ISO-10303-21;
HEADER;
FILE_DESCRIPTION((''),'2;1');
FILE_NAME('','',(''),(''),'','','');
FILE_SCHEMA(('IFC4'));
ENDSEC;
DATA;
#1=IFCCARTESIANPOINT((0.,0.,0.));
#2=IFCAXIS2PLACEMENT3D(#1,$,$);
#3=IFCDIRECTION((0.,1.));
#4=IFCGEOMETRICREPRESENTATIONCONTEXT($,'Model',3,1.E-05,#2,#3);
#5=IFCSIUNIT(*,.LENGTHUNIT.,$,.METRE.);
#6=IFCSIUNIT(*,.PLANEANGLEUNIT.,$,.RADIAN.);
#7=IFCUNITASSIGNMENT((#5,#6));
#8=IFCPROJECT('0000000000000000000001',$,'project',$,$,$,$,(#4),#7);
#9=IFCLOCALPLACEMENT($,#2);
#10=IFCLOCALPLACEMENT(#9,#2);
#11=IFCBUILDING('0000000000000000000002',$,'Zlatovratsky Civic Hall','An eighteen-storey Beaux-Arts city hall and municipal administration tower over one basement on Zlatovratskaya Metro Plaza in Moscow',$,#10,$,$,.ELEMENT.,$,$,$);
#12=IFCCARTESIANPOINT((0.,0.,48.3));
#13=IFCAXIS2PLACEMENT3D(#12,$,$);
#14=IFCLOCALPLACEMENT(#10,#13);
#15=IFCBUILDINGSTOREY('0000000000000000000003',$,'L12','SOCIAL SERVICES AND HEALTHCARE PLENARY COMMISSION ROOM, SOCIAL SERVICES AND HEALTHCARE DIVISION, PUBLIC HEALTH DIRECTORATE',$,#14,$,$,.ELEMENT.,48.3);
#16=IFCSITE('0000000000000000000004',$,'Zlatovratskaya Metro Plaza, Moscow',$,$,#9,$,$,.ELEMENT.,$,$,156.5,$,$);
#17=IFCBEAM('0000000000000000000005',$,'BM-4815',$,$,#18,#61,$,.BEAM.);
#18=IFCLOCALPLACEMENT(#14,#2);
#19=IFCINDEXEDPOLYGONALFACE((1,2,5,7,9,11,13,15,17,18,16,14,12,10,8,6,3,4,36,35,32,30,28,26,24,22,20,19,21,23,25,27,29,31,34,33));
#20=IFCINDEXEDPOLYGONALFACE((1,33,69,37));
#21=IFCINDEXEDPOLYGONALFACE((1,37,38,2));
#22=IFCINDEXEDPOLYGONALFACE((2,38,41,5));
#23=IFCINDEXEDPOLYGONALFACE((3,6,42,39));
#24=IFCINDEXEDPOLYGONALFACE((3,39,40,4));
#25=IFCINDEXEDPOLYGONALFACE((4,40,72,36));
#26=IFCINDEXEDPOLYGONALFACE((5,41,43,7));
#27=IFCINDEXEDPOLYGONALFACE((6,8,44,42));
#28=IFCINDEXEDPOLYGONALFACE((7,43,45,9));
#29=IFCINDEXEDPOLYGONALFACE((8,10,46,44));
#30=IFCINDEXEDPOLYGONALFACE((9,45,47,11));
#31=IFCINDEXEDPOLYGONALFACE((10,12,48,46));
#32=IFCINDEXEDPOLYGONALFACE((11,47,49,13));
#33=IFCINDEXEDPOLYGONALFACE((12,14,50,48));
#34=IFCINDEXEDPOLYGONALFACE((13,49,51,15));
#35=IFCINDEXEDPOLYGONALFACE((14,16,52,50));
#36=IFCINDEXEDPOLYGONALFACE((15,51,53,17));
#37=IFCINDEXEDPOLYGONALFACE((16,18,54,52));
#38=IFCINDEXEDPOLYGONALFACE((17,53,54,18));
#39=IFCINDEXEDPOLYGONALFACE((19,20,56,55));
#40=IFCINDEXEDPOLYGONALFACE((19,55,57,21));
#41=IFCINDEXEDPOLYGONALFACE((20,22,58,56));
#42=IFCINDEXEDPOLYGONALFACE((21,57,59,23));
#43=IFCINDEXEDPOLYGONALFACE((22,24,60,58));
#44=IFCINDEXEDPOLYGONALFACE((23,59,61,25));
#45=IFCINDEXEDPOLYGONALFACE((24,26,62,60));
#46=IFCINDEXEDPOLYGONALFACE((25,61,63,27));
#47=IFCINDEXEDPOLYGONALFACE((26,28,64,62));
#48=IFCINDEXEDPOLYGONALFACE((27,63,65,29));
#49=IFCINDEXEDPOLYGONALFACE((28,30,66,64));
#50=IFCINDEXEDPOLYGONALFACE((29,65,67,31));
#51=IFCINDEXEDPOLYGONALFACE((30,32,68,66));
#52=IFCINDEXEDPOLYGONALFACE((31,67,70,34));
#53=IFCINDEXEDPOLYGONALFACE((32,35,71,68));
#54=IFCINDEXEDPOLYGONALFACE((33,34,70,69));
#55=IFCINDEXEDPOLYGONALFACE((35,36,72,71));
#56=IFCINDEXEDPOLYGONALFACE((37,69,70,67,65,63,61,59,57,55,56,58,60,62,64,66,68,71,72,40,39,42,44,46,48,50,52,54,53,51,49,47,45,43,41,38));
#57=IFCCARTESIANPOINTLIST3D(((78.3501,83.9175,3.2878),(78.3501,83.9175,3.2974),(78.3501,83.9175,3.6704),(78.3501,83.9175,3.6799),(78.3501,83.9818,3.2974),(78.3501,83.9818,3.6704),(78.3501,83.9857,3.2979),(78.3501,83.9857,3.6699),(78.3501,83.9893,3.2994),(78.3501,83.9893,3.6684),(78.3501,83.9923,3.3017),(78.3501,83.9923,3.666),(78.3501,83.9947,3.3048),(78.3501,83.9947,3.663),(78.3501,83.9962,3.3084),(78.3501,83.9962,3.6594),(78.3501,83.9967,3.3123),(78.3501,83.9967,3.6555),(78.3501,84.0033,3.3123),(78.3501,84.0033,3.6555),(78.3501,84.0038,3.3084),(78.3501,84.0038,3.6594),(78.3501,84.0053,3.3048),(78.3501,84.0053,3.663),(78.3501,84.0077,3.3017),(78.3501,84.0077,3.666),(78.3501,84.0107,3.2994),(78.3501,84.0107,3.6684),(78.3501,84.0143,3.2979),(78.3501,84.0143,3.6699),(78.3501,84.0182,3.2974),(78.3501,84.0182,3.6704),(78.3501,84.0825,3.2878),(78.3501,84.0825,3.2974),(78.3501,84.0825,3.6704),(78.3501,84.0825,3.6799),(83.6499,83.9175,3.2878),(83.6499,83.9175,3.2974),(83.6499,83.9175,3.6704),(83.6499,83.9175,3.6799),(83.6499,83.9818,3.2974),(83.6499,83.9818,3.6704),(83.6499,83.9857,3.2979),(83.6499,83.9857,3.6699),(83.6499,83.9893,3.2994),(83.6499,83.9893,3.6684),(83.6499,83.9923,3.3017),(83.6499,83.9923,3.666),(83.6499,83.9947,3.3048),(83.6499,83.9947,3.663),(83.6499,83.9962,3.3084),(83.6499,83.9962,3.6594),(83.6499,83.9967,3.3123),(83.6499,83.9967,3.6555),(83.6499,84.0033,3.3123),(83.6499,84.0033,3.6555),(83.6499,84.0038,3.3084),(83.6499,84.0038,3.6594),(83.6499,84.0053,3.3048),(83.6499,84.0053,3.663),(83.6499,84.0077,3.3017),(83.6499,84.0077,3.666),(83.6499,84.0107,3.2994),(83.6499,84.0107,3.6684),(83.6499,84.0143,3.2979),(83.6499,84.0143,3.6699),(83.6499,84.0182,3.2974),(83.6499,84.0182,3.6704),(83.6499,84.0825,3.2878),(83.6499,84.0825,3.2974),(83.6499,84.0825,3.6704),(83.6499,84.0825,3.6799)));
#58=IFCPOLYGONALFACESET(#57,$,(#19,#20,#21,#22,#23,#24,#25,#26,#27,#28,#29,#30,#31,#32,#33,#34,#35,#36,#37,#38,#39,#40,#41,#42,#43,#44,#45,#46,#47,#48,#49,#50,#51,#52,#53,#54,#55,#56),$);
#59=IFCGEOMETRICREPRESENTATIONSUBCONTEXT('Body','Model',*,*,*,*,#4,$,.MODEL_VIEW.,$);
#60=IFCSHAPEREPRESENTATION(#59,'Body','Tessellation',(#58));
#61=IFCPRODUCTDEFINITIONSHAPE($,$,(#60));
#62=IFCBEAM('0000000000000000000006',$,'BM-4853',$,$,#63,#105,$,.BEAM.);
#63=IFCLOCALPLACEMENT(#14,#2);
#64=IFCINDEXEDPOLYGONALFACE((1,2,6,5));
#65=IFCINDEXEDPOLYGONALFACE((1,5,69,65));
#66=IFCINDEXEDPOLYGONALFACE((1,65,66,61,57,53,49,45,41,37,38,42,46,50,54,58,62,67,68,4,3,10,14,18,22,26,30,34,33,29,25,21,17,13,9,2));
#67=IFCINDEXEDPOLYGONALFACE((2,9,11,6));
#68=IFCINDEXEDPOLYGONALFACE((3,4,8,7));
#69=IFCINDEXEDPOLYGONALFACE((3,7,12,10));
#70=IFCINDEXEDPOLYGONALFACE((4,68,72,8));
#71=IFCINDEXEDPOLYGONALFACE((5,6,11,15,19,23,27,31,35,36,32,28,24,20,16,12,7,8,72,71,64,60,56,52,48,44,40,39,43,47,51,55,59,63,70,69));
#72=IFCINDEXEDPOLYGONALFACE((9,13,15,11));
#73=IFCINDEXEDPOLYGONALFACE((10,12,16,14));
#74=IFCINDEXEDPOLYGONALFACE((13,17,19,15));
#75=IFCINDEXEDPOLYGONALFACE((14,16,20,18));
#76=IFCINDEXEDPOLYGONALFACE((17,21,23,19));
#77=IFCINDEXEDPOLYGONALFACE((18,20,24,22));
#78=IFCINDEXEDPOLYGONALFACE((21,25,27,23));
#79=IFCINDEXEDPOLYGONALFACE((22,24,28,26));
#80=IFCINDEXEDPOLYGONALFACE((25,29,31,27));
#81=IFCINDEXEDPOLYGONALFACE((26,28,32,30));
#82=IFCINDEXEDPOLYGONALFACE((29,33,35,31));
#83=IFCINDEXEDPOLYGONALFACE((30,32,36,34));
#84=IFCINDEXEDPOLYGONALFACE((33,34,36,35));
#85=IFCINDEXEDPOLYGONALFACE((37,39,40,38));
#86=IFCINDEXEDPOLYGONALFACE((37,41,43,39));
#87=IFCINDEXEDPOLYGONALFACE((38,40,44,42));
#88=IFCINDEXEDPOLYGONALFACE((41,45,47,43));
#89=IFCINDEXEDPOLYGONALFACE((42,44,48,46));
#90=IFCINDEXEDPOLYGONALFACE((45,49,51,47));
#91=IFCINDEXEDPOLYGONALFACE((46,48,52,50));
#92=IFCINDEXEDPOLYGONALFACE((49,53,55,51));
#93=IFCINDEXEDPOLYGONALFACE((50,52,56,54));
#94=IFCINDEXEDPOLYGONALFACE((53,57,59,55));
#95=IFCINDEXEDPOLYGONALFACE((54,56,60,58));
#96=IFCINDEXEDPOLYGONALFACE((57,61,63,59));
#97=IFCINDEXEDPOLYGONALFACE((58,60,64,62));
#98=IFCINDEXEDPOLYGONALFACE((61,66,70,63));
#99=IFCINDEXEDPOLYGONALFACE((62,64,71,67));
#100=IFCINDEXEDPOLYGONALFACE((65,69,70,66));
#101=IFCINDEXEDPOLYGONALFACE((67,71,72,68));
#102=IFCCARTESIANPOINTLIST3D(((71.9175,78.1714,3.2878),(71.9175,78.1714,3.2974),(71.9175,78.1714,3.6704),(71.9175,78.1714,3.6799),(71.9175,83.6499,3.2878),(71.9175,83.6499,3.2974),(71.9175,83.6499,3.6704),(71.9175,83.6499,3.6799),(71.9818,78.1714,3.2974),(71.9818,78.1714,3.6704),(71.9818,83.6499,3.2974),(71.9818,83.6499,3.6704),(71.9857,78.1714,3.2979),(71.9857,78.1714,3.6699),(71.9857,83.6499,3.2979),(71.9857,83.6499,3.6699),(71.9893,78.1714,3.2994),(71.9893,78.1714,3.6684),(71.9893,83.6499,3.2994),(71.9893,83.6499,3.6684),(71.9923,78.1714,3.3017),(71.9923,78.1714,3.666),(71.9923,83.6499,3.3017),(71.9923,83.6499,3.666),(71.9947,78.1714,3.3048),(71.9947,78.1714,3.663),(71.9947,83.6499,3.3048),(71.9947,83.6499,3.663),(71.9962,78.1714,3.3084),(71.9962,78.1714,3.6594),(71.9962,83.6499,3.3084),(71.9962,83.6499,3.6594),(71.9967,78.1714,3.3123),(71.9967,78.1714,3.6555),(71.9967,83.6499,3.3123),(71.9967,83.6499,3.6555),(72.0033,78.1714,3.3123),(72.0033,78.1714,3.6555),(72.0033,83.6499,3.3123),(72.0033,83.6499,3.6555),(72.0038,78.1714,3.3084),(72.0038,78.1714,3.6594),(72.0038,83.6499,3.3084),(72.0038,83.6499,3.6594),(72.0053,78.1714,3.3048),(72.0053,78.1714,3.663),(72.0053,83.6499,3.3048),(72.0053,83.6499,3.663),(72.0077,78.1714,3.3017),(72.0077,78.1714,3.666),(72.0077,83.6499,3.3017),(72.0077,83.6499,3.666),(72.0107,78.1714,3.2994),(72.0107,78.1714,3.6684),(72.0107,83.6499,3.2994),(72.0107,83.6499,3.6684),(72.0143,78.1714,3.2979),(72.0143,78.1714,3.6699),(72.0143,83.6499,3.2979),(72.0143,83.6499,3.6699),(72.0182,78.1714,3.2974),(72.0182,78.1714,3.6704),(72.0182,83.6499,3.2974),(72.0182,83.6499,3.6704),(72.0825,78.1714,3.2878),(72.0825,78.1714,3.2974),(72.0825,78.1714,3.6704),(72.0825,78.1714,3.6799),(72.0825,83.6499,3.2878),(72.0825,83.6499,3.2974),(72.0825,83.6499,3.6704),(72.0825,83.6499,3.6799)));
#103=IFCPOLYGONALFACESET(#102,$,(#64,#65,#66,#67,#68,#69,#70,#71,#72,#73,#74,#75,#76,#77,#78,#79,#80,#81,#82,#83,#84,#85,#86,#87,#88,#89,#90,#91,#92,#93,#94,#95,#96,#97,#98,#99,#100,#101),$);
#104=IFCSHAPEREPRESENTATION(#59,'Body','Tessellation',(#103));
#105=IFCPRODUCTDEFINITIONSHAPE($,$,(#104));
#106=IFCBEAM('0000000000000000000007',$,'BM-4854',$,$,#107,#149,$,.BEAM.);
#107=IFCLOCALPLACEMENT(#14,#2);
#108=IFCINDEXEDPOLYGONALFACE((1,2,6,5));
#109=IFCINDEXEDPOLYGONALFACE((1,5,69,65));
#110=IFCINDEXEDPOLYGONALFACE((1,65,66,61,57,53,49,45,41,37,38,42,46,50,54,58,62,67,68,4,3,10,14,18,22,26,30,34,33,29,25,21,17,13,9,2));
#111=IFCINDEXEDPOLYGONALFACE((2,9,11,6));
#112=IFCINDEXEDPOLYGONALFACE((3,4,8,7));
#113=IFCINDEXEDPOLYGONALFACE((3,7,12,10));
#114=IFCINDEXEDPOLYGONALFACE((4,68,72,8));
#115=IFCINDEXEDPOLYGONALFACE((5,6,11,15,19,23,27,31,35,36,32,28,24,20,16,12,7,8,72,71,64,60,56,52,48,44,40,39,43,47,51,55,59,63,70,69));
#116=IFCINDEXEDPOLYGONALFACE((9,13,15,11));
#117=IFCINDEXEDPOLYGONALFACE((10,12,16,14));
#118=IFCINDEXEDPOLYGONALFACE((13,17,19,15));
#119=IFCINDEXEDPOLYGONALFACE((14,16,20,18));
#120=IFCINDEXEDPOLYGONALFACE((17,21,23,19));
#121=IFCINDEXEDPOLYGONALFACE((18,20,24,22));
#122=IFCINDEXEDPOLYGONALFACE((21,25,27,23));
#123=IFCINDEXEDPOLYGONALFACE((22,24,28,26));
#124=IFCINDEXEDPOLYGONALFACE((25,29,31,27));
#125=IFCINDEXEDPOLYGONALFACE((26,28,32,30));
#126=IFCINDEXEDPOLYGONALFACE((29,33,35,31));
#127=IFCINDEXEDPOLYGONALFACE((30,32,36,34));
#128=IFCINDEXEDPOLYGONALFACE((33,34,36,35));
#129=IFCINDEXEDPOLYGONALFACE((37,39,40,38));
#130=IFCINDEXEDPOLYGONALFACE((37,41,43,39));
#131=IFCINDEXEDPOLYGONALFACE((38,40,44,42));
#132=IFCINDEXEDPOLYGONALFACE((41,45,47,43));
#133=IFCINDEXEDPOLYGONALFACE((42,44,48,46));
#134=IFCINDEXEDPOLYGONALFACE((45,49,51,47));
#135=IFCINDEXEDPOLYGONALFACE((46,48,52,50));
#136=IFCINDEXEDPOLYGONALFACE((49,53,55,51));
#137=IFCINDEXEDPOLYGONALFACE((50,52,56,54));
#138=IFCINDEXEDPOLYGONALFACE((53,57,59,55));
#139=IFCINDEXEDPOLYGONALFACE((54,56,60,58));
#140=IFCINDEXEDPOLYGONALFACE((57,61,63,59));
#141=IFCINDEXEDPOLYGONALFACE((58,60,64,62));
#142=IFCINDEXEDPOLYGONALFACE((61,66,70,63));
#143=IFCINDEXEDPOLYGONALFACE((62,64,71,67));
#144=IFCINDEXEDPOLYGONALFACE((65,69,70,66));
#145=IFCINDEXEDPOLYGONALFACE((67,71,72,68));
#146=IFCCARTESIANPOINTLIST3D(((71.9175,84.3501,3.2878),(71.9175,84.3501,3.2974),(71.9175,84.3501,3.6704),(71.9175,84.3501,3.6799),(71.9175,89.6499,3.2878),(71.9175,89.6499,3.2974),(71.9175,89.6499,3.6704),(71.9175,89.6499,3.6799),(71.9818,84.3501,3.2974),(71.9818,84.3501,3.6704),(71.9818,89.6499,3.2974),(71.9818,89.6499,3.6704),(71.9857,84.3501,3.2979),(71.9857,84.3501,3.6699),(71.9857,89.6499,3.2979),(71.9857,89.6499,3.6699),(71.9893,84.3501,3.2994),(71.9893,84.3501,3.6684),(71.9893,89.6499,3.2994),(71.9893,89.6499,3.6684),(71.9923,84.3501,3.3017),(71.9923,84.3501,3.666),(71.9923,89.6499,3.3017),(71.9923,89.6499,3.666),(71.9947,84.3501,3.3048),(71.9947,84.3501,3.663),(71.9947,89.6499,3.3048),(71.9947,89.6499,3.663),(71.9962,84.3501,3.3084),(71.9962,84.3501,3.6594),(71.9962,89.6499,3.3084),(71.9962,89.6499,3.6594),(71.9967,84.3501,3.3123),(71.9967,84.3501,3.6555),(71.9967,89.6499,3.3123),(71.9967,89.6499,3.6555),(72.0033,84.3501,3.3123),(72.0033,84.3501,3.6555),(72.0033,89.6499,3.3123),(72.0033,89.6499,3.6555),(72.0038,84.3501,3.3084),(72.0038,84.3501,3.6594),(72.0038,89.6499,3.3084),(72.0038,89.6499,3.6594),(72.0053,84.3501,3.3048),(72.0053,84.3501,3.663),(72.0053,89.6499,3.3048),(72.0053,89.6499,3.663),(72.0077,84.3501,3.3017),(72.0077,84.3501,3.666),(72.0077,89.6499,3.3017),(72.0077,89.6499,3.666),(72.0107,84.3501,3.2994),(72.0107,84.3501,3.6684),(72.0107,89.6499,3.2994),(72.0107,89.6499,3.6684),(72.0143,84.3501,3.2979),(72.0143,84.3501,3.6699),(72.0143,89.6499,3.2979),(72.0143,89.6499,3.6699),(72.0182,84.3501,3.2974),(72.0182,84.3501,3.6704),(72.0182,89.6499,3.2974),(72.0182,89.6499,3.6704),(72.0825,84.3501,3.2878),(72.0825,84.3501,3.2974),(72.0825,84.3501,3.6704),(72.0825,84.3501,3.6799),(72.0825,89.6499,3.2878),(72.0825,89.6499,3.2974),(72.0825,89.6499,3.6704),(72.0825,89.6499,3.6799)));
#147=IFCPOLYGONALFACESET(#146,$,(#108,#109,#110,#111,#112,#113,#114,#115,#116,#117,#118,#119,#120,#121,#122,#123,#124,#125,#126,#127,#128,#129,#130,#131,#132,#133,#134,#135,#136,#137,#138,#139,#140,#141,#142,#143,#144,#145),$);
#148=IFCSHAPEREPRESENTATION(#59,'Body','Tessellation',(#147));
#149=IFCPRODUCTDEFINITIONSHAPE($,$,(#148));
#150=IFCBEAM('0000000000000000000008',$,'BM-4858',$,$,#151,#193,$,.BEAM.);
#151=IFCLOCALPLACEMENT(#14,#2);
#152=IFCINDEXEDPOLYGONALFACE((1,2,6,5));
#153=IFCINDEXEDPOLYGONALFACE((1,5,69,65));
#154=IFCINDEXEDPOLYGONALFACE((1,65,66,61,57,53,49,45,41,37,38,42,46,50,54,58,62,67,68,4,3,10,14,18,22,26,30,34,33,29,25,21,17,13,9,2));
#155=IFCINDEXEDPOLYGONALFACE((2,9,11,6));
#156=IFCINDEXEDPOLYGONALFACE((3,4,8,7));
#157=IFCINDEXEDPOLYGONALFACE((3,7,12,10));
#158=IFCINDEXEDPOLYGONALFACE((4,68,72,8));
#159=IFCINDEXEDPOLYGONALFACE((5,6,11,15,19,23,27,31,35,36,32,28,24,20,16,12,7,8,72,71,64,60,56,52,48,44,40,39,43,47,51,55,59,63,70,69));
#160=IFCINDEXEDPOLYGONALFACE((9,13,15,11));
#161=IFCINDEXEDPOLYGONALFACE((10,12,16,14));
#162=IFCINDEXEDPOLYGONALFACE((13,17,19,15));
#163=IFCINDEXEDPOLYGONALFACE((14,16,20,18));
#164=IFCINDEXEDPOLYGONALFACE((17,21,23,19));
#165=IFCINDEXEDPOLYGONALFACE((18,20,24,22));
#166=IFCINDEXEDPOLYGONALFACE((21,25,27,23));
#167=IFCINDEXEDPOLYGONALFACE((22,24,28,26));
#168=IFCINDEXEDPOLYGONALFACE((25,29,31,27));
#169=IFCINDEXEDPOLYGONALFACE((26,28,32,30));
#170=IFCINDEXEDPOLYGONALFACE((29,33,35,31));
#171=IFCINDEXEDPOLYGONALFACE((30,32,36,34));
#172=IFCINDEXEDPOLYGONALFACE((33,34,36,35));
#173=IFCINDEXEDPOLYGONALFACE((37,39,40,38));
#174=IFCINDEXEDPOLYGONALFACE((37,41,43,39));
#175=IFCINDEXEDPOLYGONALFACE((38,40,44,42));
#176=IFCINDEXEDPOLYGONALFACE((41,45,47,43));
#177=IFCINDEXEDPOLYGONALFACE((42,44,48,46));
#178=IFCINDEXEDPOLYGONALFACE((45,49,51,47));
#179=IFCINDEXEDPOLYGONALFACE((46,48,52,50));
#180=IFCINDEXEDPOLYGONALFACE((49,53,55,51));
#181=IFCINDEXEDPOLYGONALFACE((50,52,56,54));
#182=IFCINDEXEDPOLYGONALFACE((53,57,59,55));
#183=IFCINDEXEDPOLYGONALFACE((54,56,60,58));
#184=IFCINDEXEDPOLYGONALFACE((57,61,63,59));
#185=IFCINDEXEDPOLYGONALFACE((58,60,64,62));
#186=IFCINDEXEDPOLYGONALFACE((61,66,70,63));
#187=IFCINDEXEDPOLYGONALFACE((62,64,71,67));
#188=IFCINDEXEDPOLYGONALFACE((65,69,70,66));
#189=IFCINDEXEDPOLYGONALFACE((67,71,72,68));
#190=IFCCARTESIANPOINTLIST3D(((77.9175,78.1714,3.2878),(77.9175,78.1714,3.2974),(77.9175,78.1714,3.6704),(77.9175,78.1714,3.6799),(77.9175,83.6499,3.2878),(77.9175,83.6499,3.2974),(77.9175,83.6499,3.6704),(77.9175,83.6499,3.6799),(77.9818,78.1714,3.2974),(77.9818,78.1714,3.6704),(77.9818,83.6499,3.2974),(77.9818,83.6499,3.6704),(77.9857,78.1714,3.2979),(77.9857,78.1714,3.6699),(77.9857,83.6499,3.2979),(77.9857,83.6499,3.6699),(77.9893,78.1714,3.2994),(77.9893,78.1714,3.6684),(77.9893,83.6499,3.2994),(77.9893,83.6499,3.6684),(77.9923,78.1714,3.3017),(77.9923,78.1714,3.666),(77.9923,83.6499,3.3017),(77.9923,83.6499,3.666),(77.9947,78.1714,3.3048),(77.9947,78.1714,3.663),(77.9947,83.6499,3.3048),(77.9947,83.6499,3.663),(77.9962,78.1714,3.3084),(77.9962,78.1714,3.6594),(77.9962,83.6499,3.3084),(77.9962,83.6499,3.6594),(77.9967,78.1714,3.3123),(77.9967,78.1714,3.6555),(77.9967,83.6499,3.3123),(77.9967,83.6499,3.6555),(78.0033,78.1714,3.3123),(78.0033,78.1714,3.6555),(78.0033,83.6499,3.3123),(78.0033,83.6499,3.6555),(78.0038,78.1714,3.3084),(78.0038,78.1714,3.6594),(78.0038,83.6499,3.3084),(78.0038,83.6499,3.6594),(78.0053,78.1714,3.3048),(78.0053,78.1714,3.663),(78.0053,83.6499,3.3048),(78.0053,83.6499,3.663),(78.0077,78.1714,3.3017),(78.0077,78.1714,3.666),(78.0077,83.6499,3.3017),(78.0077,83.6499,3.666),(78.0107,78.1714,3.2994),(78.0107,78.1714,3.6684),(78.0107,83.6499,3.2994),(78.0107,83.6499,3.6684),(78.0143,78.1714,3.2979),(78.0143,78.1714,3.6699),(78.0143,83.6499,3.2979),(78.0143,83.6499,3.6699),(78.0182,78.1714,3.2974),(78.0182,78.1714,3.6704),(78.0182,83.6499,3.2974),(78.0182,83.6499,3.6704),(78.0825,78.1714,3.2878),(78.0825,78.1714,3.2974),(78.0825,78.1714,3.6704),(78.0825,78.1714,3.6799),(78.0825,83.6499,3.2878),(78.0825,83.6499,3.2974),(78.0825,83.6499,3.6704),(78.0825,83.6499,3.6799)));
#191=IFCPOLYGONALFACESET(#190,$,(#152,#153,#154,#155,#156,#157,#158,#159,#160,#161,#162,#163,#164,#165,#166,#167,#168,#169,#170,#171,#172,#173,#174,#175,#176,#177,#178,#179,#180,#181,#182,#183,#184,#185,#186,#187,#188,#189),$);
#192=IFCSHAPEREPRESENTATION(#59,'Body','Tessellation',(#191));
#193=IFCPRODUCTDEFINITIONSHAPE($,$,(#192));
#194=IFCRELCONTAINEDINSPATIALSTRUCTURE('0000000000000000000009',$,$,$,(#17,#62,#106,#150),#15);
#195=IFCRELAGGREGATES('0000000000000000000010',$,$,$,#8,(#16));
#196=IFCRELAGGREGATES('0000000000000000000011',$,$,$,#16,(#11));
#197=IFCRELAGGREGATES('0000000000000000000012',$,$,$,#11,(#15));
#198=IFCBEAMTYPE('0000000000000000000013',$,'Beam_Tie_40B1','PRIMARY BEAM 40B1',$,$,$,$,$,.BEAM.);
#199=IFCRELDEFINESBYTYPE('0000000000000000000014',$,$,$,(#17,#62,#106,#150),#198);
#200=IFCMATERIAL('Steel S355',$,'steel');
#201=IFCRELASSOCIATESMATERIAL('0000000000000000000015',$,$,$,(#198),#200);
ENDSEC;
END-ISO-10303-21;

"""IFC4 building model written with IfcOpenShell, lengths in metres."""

from ifc_helpers import new_model, si_unit, direction, frame, origin, origin_2d, place, context, subcontext, project, spatial, i_section, extrude, material, material_profile, profile_set, type_object, element, save


model = new_model("IFC4")

# Units and contexts
model_context = context("Model", 3, precision=1e-05, world=origin(), true_north=direction((0.0, 1.0)))
body_context = subcontext(model_context, "Body", "Model", "MODEL_VIEW")
ifc_project = project(units=[si_unit("LENGTHUNIT", "METRE"), si_unit("PLANEANGLEUNIT", "RADIAN")], contexts=[model_context])

# Site, building, storey
site_placement = place(None, origin())
site = spatial("IfcSite", under=ifc_project, at=site_placement, Name="Zlatovratskaya Metro Plaza, Moscow", CompositionType="ELEMENT", RefElevation=156.5)
building_placement = place(site_placement, origin())
building = spatial("IfcBuilding", under=site, at=building_placement, Name="Zlatovratsky Civic Hall", Description="An eighteen-storey Beaux-Arts city hall and municipal administration tower over one basement on Zlatovratskaya Metro Plaza in Moscow", CompositionType="ELEMENT")
storey_placement = place(building_placement, frame((0.0, 0.0, 48.3)))
storey = spatial("IfcBuildingStorey", under=building, at=storey_placement, Name="L12", Description="SOCIAL SERVICES AND HEALTHCARE PLENARY COMMISSION ROOM, SOCIAL SERVICES AND HEALTHCARE DIVISION, PUBLIC HEALTH DIRECTORATE", CompositionType="ELEMENT", Elevation=48.3)

# Shared definitions
ifc_material_1 = material(Name="Steel S355", Category="steel")

# Beams
ifc_material_profile_1 = material_profile(ifc_material_1, i_section(OverallWidth=0.165, OverallDepth=0.3921, WebThickness=0.0066, FlangeThickness=0.0095, FilletRadius=0.0149, at=origin_2d()), Name="40B1")
ifc_profile_set_1 = profile_set([ifc_material_profile_1], Name="Steel S355")
beam_type = type_object("IfcBeamType", Name="Beam_Tie_40B1", Description="PRIMARY BEAM 40B1", PredefinedType="BEAM", material=ifc_profile_set_1)
for number, where, z_axis, x_axis, name in (
    (1, (78.3501, 84.0, 3.4839), (1.0, 0.0, 0.0), (0.0, 1.0, 0.0), "BM-4815"),
):
    element("IfcBeam", number, at=place(storey_placement, frame(where, z_axis=z_axis, x_axis=x_axis)), inside=storey, type_object=beam_type, Name=name, PredefinedType="BEAM", context=body_context, shape_type="SweptSolid", body=[
        extrude(i_section(OverallWidth=0.165, OverallDepth=0.3921, WebThickness=0.0066, FlangeThickness=0.0095, FilletRadius=0.0149, at=origin_2d()), origin(), (0.0, 0.0, 1.0), 5.2998),
    ])
beam_1_placement = place(storey_placement, frame((72.0, 78.1714, 3.4839), z_axis=(0.0, 1.0, 0.0), x_axis=(-1.0, 0.0, 0.0)))
element("IfcBeam", 2, at=beam_1_placement, inside=storey, type_object=beam_type, Name="BM-4853", PredefinedType="BEAM", context=body_context, shape_type="SweptSolid", body=[
    extrude(i_section(OverallWidth=0.165, OverallDepth=0.3921, WebThickness=0.0066, FlangeThickness=0.0095, FilletRadius=0.0149, at=origin_2d()), origin(), (0.0, 0.0, 1.0), 5.4785),
])
beam_2_placement = place(storey_placement, frame((72.0, 84.3501, 3.4839), z_axis=(0.0, 1.0, 0.0), x_axis=(-1.0, 0.0, 0.0)))
element("IfcBeam", 3, at=beam_2_placement, inside=storey, type_object=beam_type, Name="BM-4854", PredefinedType="BEAM", context=body_context, shape_type="SweptSolid", body=[
    extrude(i_section(OverallWidth=0.165, OverallDepth=0.3921, WebThickness=0.0066, FlangeThickness=0.0095, FilletRadius=0.0149, at=origin_2d()), origin(), (0.0, 0.0, 1.0), 5.2998),
])
beam_3_placement = place(storey_placement, frame((78.0, 78.1714, 3.4839), z_axis=(0.0, 1.0, 0.0), x_axis=(-1.0, 0.0, 0.0)))
element("IfcBeam", 4, at=beam_3_placement, inside=storey, type_object=beam_type, Name="BM-4858", PredefinedType="BEAM", context=body_context, shape_type="SweptSolid", body=[
    extrude(i_section(OverallWidth=0.165, OverallDepth=0.3921, WebThickness=0.0066, FlangeThickness=0.0095, FilletRadius=0.0149, at=origin_2d()), origin(), (0.0, 0.0, 1.0), 5.4785),
])

save(model, "model.ifc")
